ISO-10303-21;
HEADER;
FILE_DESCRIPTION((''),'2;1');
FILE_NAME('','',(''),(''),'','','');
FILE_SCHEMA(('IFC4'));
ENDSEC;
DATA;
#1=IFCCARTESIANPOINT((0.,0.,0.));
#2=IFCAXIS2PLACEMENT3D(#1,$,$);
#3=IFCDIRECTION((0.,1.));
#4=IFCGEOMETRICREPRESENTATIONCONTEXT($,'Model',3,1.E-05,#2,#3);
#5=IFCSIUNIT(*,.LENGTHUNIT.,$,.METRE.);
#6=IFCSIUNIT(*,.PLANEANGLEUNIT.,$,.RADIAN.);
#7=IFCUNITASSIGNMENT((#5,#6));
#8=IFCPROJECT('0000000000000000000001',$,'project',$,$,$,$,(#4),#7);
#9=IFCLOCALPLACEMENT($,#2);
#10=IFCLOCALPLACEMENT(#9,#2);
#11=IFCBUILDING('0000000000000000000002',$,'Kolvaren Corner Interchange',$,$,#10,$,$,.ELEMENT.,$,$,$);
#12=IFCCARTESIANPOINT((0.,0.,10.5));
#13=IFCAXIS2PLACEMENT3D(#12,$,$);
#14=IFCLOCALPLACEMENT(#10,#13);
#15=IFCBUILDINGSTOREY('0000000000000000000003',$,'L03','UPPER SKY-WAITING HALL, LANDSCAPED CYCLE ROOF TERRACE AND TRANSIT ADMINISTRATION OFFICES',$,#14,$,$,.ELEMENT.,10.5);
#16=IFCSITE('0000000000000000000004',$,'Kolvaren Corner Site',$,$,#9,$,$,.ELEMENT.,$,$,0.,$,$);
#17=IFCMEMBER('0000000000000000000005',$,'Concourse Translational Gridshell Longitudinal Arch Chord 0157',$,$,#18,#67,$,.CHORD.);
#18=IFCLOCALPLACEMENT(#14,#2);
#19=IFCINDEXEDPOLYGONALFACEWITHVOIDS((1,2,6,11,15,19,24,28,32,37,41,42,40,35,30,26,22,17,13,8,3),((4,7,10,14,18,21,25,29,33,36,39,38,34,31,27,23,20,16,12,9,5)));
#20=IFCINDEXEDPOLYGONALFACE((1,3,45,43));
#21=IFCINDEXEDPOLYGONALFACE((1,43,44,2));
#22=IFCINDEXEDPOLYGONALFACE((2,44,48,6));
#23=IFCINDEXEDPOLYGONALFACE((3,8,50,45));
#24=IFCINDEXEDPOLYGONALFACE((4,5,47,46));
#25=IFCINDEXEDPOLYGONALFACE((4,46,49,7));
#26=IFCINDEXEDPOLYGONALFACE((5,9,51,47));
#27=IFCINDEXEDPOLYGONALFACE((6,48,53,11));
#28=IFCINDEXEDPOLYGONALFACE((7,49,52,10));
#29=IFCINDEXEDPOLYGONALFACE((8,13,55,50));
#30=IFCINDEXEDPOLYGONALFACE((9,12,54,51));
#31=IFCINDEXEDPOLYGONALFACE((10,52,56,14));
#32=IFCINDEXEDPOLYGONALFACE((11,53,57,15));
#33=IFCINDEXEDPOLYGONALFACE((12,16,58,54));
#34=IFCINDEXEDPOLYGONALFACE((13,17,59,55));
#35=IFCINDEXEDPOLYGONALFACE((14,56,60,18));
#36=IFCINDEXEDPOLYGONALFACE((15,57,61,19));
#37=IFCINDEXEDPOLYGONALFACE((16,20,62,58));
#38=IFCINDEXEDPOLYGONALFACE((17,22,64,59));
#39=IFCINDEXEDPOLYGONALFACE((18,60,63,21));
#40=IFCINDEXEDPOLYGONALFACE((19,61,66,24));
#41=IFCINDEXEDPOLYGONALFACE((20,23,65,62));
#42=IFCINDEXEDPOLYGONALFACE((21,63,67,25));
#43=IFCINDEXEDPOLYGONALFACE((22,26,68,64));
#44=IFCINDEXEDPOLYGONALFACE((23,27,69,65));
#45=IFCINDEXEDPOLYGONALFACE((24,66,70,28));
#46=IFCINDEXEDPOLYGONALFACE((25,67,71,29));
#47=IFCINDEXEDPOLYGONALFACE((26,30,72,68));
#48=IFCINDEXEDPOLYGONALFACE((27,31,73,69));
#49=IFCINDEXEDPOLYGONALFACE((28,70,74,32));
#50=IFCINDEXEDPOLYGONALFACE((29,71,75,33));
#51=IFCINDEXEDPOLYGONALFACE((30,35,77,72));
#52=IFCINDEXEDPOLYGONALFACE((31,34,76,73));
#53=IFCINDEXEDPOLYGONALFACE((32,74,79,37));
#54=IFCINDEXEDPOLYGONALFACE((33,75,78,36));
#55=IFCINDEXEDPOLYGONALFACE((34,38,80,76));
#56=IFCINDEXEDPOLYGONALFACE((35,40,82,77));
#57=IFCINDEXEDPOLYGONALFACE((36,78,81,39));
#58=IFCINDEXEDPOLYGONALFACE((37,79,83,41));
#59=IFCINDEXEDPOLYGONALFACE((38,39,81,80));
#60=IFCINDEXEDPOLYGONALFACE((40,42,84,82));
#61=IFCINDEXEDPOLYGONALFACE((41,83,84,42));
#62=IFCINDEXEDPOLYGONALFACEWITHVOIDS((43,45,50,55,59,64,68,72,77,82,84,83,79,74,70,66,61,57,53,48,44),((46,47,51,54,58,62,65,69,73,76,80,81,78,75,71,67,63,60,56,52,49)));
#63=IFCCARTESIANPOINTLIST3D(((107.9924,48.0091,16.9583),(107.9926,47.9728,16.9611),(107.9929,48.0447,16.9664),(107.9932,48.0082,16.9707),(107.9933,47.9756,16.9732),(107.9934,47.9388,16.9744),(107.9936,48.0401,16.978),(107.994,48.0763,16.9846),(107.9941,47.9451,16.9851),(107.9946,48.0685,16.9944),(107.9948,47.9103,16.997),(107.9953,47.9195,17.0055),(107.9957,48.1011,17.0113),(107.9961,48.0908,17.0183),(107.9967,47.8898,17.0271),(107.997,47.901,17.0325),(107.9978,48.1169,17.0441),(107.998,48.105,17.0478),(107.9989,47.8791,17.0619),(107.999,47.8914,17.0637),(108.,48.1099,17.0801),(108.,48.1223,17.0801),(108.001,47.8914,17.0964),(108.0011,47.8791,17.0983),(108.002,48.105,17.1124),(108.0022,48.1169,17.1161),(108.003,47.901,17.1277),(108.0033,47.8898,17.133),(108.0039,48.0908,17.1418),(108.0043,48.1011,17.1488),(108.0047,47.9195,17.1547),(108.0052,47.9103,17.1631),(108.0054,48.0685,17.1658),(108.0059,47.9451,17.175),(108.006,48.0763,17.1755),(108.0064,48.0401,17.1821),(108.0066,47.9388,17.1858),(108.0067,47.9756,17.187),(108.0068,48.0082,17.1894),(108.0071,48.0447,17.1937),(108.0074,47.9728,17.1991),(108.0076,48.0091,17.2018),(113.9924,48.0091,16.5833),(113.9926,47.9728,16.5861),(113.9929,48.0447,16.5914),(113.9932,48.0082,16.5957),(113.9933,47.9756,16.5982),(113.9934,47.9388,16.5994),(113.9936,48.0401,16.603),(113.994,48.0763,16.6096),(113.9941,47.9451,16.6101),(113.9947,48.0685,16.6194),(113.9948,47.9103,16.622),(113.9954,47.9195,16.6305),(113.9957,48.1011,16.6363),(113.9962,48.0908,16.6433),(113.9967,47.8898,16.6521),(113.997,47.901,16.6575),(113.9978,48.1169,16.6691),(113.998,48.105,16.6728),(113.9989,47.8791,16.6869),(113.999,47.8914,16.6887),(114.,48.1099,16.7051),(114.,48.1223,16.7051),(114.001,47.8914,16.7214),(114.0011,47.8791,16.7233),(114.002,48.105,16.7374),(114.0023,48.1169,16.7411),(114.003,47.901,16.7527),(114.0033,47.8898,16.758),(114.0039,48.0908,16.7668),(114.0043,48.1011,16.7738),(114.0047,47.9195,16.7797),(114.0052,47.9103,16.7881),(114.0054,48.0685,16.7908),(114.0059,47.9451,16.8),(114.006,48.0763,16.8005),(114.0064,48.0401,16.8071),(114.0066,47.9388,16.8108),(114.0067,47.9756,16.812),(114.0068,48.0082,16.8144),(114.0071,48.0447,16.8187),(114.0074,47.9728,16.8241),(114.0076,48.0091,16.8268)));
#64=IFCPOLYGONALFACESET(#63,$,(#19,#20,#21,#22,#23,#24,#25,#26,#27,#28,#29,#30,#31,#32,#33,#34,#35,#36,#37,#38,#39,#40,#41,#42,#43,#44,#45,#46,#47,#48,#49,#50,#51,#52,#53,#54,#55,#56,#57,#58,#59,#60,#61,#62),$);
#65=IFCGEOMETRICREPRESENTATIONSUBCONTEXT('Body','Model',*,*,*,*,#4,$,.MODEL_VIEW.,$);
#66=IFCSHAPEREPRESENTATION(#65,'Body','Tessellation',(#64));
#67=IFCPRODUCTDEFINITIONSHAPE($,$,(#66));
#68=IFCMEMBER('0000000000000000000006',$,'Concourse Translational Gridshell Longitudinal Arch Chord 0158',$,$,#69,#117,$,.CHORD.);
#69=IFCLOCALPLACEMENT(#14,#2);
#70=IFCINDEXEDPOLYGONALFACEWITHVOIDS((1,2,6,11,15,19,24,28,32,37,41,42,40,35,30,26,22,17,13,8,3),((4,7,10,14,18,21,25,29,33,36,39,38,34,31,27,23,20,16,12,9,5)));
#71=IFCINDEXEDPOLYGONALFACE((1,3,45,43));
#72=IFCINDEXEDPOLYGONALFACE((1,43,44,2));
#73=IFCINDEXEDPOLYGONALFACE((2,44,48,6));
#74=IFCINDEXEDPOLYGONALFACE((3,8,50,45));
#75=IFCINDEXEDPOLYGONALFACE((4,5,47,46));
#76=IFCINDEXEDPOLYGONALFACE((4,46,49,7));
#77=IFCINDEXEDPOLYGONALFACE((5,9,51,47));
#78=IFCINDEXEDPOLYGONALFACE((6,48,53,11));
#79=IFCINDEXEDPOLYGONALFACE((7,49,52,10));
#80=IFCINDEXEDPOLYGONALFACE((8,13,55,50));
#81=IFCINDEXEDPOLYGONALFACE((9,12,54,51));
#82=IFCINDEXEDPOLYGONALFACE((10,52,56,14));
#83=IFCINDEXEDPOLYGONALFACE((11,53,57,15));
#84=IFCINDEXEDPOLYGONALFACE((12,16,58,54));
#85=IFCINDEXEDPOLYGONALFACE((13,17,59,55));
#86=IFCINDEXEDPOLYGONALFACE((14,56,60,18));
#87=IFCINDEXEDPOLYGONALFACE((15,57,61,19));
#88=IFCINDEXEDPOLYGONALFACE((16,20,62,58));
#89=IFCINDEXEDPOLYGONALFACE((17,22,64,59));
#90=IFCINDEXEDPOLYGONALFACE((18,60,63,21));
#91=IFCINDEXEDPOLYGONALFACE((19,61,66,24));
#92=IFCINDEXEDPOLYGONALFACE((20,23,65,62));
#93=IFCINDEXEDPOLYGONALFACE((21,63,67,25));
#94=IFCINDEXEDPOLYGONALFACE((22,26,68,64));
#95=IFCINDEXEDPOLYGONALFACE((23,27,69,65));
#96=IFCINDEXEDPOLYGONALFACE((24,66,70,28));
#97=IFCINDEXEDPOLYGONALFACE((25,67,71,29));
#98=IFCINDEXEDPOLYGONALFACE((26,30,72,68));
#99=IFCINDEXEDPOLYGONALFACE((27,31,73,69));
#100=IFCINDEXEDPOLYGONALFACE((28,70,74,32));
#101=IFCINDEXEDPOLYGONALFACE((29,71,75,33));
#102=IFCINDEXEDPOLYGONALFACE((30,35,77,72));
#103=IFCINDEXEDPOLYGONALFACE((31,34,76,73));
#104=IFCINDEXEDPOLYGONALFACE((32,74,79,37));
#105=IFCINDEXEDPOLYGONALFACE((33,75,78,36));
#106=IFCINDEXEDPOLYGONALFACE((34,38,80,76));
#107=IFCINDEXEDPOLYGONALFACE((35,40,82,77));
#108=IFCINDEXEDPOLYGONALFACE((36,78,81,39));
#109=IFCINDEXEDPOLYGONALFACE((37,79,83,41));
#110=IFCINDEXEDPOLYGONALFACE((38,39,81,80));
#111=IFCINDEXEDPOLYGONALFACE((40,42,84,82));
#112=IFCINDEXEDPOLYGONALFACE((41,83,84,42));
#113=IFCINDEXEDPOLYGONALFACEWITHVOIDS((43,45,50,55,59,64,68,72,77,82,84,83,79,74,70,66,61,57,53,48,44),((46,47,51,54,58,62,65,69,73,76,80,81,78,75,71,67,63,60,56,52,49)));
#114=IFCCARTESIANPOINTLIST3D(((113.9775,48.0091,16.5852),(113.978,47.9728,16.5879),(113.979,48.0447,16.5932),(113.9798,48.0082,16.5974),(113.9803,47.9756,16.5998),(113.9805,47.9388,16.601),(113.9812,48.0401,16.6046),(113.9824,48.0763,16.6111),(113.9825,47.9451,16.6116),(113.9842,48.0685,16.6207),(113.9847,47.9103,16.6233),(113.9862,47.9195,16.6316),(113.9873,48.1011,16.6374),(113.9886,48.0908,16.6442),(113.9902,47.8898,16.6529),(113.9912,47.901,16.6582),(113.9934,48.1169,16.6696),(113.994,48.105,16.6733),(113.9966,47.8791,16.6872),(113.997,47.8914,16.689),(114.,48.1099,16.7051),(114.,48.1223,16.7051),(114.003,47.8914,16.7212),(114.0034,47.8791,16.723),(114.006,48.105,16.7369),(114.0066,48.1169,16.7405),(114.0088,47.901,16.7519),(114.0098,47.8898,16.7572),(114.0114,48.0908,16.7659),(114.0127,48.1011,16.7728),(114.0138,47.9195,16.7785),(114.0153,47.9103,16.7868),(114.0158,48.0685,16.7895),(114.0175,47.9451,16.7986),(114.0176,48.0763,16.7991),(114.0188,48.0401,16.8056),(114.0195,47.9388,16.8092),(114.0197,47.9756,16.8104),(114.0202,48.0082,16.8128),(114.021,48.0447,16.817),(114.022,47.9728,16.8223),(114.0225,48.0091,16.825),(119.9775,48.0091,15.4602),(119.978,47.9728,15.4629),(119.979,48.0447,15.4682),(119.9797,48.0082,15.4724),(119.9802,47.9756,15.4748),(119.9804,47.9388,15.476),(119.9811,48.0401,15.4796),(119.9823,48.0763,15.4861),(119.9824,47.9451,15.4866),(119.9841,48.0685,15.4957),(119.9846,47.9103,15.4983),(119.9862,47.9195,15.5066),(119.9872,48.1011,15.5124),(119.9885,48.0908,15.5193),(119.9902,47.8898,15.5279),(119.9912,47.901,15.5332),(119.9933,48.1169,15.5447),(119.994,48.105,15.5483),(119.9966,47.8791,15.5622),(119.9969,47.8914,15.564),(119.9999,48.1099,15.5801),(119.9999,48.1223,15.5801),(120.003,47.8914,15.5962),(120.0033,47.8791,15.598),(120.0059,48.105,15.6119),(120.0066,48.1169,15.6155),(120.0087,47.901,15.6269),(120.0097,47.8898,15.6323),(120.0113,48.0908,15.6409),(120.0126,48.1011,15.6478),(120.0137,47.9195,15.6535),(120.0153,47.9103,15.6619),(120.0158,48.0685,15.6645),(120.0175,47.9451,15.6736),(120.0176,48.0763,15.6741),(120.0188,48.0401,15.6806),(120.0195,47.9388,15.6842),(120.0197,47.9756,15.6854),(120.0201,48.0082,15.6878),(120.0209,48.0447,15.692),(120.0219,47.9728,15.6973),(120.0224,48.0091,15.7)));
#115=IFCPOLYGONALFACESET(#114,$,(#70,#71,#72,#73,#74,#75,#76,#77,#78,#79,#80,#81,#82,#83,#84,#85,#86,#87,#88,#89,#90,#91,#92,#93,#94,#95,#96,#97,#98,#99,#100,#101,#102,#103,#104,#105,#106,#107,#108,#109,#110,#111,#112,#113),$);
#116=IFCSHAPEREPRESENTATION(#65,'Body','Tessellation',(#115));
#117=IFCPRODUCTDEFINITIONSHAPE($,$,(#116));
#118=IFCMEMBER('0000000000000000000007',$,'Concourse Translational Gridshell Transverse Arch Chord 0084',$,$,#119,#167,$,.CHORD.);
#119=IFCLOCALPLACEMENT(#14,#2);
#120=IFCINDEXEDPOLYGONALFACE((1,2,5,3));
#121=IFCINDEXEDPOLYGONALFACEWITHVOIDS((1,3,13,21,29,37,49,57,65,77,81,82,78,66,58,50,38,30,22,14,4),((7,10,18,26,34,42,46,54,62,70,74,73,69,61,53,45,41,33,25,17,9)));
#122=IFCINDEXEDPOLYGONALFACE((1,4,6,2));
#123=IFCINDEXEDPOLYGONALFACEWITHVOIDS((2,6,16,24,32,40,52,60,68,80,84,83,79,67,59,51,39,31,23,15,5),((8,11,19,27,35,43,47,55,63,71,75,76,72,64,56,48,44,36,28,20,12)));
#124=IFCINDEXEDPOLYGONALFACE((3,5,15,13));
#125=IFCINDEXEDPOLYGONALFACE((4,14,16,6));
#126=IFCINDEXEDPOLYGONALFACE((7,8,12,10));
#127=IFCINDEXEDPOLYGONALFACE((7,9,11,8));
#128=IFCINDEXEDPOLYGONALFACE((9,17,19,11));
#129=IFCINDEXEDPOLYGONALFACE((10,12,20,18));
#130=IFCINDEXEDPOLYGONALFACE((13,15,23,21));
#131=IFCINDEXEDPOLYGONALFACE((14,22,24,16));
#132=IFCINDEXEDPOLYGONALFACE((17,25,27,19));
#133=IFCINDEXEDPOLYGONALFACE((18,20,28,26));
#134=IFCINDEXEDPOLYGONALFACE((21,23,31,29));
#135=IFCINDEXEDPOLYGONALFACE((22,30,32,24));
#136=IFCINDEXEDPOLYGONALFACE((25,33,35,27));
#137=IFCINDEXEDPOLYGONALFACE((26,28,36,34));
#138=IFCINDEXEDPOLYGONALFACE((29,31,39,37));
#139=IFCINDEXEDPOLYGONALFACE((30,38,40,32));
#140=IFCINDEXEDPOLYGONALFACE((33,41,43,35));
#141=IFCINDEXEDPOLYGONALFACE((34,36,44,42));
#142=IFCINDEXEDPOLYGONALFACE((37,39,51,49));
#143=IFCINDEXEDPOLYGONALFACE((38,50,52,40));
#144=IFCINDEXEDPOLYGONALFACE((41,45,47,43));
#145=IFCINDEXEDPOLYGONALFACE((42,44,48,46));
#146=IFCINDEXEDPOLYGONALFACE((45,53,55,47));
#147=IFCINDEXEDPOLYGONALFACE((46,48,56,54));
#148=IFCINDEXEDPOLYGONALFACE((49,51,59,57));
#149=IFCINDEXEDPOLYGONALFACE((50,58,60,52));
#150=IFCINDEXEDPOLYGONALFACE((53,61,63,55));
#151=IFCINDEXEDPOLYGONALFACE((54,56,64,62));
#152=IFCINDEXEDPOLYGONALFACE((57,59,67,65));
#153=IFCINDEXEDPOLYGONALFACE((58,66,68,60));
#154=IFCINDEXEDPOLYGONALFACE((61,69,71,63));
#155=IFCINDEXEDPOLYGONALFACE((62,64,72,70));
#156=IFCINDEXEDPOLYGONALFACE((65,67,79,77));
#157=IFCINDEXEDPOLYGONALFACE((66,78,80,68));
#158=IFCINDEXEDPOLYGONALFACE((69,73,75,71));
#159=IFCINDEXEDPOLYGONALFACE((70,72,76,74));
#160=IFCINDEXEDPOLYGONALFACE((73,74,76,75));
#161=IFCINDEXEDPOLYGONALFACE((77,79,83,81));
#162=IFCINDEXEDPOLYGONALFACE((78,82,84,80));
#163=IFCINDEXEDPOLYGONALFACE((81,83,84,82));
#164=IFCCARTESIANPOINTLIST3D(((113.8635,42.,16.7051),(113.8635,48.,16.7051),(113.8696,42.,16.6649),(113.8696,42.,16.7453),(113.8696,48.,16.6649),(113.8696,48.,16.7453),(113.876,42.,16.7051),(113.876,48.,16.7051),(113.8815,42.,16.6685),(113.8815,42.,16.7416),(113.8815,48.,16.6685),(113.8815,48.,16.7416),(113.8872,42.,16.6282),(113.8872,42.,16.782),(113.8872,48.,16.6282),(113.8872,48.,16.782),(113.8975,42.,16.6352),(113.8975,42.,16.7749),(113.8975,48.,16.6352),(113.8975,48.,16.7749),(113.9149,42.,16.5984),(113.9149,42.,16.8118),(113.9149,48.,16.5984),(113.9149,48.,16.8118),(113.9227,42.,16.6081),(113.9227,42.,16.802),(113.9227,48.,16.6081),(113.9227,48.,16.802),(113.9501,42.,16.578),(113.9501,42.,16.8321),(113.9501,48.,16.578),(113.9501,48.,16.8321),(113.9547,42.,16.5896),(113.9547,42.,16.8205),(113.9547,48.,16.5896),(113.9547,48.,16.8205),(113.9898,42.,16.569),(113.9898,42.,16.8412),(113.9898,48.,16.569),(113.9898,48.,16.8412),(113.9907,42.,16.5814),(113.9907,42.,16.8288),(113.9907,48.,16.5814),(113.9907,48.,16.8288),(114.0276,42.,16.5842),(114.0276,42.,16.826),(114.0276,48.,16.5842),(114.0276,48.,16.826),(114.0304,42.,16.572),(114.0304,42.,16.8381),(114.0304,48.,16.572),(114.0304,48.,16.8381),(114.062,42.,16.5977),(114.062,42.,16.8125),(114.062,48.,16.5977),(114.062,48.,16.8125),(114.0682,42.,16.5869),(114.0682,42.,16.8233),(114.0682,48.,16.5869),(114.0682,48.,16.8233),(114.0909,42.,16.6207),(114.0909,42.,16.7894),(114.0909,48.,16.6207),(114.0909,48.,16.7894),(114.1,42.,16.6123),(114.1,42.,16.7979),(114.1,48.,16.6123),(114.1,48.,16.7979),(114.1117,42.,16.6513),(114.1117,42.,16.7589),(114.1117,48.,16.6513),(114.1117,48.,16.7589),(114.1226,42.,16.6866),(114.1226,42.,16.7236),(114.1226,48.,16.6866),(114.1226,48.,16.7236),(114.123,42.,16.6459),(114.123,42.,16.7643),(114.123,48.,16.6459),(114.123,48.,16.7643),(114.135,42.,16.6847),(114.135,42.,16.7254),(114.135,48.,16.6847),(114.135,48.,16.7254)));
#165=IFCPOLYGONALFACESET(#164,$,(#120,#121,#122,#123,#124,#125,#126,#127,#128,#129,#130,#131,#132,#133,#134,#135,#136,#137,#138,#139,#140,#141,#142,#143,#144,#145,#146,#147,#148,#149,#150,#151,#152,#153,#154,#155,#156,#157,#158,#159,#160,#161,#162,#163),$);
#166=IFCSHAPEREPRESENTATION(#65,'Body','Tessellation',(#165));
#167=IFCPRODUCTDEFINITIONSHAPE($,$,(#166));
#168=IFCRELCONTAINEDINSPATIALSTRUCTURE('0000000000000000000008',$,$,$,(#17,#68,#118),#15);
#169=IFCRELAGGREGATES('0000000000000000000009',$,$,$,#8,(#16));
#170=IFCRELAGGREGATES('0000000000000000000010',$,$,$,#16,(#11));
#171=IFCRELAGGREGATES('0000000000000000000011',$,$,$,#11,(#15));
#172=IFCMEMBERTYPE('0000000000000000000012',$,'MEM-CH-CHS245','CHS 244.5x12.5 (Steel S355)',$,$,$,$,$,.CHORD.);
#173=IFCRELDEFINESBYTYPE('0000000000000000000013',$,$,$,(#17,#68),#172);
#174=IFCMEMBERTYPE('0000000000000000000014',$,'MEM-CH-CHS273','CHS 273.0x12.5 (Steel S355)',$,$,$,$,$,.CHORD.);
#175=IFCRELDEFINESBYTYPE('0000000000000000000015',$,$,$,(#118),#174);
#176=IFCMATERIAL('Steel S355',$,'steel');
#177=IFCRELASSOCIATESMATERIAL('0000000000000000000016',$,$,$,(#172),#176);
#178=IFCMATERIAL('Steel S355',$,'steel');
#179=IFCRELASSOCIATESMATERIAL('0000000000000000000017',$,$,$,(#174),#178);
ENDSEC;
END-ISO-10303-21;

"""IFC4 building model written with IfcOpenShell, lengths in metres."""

from ifc_helpers import new_model, si_unit, direction, frame, origin, origin_2d, place, context, subcontext, project, spatial, hollow_circle, extrude, material, material_profile, profile_set, type_object, element, save


model = new_model("IFC4")

# Units and contexts
model_context = context("Model", 3, precision=1e-05, world=origin(), true_north=direction((0.0, 1.0)))
body_context = subcontext(model_context, "Body", "Model", "MODEL_VIEW")
ifc_project = project(units=[si_unit("LENGTHUNIT", "METRE"), si_unit("PLANEANGLEUNIT", "RADIAN")], contexts=[model_context])

# Site, building, storey
site_placement = place(None, origin())
site = spatial("IfcSite", under=ifc_project, at=site_placement, Name="Kolvaren Corner Site", CompositionType="ELEMENT", RefElevation=0.0)
building_placement = place(site_placement, origin())
building = spatial("IfcBuilding", under=site, at=building_placement, Name="Kolvaren Corner Interchange", CompositionType="ELEMENT")
storey_placement = place(building_placement, frame((0.0, 0.0, 10.5)))
storey = spatial("IfcBuildingStorey", under=building, at=storey_placement, Name="L03", Description="UPPER SKY-WAITING HALL, LANDSCAPED CYCLE ROOF TERRACE AND TRANSIT ADMINISTRATION OFFICES", CompositionType="ELEMENT", Elevation=10.5)

# Members
ifc_material_1 = material(Name="Steel S355", Category="steel")
ifc_material_profile_1 = material_profile(ifc_material_1, hollow_circle(Radius=0.1223, WallThickness=0.0125, at=origin_2d()), Name="CHS 244.5x12.5")
ifc_profile_set_1 = profile_set([ifc_material_profile_1], Name="Steel S355")
member_type_1 = type_object("IfcMemberType", Name="MEM-CH-CHS245", Description="CHS 244.5x12.5 (Steel S355)", PredefinedType="CHORD", material=ifc_profile_set_1)
member_1_placement = place(storey_placement, frame((108.0, 48.0, 17.0801), z_axis=(0.998053, 0.0, -0.062378), x_axis=(0.0, 1.0, 0.0)))
element("IfcMember", 1, at=member_1_placement, inside=storey, type_object=member_type_1, Name="Concourse Translational Gridshell Longitudinal Arch Chord 0157", PredefinedType="CHORD", context=body_context, shape_type="SweptSolid", body=[
    extrude(hollow_circle(Radius=0.1223, WallThickness=0.0125, at=origin_2d()), origin(), (0.0, 0.0, 1.0), 6.0117),
])
member_2_placement = place(storey_placement, frame((114.0, 48.0, 16.7051), z_axis=(0.982872, 0.0, -0.184289), x_axis=(0.0, 1.0, 0.0)))
element("IfcMember", 2, at=member_2_placement, inside=storey, type_object=member_type_1, Name="Concourse Translational Gridshell Longitudinal Arch Chord 0158", PredefinedType="CHORD", context=body_context, shape_type="SweptSolid", body=[
    extrude(hollow_circle(Radius=0.1223, WallThickness=0.0125, at=origin_2d()), origin(), (0.0, 0.0, 1.0), 6.1045),
])
ifc_material_2 = material(Name="Steel S355", Category="steel")
ifc_material_profile_2 = material_profile(ifc_material_2, hollow_circle(Radius=0.1365, WallThickness=0.0125, at=origin_2d()), Name="CHS 273.0x12.5")
ifc_profile_set_2 = profile_set([ifc_material_profile_2], Name="Steel S355")
member_type_2 = type_object("IfcMemberType", Name="MEM-CH-CHS273", Description="CHS 273.0x12.5 (Steel S355)", PredefinedType="CHORD", material=ifc_profile_set_2)
for number, where, z_axis, x_axis, name in (
    (3, (114.0, 42.0, 16.7051), (0.0, 1.0, 0.0), (-1.0, 0.0, 0.0), "Concourse Translational Gridshell Transverse Arch Chord 0084"),
):
    element("IfcMember", number, at=place(storey_placement, frame(where, z_axis=z_axis, x_axis=x_axis)), inside=storey, type_object=member_type_2, Name=name, PredefinedType="CHORD", context=body_context, shape_type="SweptSolid", body=[
        extrude(hollow_circle(Radius=0.1365, WallThickness=0.0125, at=origin_2d()), origin(), (0.0, 0.0, 1.0), 6.0),
    ])

save(model, "model.ifc")
